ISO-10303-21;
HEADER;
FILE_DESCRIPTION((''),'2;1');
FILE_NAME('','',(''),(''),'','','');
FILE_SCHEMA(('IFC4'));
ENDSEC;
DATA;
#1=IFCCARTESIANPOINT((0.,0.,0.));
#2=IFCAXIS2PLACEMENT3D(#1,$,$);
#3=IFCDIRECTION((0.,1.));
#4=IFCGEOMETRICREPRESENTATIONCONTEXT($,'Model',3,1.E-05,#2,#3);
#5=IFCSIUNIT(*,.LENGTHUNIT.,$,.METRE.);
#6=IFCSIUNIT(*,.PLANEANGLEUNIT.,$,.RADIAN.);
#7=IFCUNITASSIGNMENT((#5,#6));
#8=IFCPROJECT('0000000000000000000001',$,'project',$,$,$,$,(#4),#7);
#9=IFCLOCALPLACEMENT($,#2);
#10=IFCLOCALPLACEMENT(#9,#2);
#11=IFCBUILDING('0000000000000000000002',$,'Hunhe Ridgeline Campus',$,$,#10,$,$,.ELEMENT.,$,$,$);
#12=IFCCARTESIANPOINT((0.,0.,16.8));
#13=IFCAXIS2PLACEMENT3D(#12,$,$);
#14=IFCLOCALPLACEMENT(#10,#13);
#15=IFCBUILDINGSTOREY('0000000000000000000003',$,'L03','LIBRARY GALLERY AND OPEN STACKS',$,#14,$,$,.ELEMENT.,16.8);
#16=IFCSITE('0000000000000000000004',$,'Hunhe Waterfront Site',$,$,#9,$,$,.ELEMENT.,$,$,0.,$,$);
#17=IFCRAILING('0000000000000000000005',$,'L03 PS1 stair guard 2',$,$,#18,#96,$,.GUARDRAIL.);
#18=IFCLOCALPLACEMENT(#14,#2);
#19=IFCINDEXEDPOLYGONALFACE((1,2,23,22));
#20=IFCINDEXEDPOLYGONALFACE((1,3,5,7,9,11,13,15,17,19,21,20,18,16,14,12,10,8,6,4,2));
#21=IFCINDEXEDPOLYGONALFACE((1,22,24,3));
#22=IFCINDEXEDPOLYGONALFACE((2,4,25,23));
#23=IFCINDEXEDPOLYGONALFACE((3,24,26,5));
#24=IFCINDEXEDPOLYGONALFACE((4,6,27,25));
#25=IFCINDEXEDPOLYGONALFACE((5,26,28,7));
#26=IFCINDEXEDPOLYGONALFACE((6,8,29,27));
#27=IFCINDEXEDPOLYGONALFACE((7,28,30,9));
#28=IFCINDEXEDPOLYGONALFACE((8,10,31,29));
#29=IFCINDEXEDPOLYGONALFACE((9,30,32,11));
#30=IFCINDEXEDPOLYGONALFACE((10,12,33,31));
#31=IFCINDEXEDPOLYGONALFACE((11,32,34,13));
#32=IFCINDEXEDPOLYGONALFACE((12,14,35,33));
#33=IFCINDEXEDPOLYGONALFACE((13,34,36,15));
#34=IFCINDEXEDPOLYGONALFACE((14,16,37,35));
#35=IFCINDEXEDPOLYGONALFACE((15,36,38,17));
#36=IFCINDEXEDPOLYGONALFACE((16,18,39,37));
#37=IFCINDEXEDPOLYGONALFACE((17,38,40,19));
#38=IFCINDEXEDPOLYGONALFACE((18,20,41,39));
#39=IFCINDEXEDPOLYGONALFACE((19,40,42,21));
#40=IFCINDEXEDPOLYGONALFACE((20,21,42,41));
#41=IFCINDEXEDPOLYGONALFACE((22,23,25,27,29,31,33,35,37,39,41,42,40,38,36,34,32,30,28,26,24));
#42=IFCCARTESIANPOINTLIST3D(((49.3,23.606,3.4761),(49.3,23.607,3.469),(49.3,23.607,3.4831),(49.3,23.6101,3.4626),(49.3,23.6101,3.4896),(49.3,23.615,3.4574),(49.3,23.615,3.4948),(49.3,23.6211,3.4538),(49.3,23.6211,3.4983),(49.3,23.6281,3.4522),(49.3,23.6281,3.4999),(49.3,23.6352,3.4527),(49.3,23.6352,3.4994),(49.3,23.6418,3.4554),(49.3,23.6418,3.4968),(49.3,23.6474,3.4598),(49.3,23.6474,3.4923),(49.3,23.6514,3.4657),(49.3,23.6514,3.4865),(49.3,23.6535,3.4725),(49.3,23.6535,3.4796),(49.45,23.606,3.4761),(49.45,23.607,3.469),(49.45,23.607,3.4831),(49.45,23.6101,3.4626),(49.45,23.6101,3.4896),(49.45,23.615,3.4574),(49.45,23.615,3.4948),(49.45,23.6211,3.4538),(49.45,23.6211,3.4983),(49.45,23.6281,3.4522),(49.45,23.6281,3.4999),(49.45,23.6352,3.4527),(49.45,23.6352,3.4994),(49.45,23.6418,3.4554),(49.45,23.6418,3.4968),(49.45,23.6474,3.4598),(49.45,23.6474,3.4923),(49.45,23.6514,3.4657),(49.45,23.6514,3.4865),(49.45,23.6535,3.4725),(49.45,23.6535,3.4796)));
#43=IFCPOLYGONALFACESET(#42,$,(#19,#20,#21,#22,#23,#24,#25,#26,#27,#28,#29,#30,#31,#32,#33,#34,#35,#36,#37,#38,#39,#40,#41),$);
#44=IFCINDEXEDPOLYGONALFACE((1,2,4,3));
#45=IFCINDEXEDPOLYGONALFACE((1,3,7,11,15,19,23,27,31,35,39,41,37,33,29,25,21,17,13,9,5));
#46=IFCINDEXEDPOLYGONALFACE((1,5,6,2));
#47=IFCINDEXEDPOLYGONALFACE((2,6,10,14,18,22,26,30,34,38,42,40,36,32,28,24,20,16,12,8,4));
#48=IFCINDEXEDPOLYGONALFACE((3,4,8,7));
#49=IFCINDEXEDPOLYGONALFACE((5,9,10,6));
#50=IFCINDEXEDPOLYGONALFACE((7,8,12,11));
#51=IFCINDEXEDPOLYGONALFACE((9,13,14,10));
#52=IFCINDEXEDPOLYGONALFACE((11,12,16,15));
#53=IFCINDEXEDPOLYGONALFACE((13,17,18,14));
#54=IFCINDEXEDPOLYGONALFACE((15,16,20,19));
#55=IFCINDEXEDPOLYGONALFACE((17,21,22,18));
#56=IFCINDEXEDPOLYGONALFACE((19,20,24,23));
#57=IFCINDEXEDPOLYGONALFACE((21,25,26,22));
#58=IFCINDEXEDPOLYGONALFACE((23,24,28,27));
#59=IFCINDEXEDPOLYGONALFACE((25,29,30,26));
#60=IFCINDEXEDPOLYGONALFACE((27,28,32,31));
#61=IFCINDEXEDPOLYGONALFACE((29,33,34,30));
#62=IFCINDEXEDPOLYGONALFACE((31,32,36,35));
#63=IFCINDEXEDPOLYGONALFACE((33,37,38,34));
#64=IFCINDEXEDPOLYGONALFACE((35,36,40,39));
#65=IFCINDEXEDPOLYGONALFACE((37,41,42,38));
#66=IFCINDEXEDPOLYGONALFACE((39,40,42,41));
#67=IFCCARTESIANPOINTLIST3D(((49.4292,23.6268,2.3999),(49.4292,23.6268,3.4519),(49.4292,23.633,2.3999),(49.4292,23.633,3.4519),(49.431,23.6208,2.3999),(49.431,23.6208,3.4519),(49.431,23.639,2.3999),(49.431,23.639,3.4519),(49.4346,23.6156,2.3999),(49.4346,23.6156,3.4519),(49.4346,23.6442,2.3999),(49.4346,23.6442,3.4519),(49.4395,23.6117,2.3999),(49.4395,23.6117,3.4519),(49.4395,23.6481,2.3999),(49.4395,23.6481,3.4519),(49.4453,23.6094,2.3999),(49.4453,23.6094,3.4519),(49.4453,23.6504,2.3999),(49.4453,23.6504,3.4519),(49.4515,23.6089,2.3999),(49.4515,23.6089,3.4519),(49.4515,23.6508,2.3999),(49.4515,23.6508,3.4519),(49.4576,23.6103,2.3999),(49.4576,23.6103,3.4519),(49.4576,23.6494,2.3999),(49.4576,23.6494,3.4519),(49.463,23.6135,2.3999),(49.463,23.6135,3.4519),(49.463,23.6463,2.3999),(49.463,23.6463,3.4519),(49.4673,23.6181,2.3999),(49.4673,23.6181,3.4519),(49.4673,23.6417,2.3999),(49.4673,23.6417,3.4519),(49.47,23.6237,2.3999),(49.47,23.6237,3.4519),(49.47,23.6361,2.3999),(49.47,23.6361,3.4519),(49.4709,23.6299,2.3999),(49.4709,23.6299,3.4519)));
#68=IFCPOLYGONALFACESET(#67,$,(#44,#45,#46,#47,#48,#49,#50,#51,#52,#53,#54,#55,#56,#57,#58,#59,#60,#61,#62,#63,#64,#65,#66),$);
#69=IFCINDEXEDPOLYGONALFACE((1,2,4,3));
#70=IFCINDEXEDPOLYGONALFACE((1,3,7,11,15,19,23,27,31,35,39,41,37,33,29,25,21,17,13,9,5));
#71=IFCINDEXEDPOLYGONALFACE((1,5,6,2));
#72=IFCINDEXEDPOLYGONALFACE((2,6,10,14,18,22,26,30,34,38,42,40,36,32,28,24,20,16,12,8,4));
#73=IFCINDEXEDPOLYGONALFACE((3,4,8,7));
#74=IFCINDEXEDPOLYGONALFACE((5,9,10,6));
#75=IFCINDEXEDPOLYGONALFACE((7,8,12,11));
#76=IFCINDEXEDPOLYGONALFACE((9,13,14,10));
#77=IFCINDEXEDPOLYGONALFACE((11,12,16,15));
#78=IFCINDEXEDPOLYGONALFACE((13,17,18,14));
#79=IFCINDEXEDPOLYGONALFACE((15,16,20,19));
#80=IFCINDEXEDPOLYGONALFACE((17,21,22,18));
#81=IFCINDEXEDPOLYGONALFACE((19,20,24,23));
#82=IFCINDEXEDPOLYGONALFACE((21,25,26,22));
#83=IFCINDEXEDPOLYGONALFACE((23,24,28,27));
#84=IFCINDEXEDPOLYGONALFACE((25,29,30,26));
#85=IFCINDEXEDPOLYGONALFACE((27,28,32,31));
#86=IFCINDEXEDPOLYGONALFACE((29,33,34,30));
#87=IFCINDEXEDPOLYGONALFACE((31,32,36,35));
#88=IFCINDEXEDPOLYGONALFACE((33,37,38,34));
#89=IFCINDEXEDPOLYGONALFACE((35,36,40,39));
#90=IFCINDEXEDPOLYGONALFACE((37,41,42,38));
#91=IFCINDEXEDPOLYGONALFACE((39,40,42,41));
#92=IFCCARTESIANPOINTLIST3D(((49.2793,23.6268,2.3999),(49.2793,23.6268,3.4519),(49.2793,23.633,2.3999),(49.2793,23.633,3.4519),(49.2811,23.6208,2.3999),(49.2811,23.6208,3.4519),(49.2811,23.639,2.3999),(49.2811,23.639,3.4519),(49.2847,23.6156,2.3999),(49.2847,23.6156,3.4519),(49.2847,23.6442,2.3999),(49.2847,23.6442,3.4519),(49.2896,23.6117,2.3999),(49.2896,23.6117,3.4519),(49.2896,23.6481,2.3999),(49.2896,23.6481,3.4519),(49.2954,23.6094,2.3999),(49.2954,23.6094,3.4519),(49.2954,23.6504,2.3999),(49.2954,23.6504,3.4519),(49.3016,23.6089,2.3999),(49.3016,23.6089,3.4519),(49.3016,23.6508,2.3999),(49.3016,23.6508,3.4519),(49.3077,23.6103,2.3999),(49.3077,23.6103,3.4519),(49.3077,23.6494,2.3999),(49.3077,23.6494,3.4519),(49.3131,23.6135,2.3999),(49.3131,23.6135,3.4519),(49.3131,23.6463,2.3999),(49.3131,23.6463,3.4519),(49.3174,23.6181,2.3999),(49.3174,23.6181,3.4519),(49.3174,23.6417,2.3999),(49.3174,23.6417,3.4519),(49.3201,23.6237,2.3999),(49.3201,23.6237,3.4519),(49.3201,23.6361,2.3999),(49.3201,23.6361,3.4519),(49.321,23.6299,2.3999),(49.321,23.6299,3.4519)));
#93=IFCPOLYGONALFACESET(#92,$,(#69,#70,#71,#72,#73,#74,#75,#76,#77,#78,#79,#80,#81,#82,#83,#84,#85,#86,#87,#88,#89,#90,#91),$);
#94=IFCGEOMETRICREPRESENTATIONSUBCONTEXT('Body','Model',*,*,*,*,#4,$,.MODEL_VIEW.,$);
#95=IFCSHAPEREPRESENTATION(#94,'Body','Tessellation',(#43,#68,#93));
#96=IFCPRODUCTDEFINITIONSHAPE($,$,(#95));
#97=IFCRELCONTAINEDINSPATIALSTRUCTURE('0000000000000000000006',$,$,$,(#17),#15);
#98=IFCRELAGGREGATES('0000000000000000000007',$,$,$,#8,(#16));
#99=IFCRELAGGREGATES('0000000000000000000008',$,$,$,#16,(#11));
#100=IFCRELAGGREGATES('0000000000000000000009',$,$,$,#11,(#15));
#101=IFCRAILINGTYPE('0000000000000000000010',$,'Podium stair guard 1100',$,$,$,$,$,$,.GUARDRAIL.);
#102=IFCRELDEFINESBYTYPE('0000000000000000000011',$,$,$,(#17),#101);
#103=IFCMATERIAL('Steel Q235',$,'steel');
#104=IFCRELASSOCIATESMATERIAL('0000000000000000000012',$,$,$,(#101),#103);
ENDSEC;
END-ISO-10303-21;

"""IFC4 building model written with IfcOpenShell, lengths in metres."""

from ifc_helpers import new_model, si_unit, direction, frame, origin, origin_2d, place, context, subcontext, project, spatial, circle, extrude, material, type_object, element, save


model = new_model("IFC4")

# Units and contexts
model_context = context("Model", 3, precision=1e-05, world=origin(), true_north=direction((0.0, 1.0)))
body_context = subcontext(model_context, "Body", "Model", "MODEL_VIEW")
ifc_project = project(units=[si_unit("LENGTHUNIT", "METRE"), si_unit("PLANEANGLEUNIT", "RADIAN")], contexts=[model_context])

# Site, building, storey
site_placement = place(None, origin())
site = spatial("IfcSite", under=ifc_project, at=site_placement, Name="Hunhe Waterfront Site", CompositionType="ELEMENT", RefElevation=0.0)
building_placement = place(site_placement, origin())
building = spatial("IfcBuilding", under=site, at=building_placement, Name="Hunhe Ridgeline Campus", CompositionType="ELEMENT")
storey_placement = place(building_placement, frame((0.0, 0.0, 16.8)))
storey = spatial("IfcBuildingStorey", under=building, at=storey_placement, Name="L03", Description="LIBRARY GALLERY AND OPEN STACKS", CompositionType="ELEMENT", Elevation=16.8)

# Shared definitions
ifc_material_1 = material(Name="Steel Q235", Category="steel")

# Railing
railing_type_1 = type_object("IfcRailingType", Name="Podium stair guard 1100", PredefinedType="GUARDRAIL", material=ifc_material_1)
railing_1_placement = place(storey_placement, frame((49.45, 23.6299, 2.3999)))
element("IfcRailing", 1, at=railing_1_placement, inside=storey, type_object=railing_type_1, Name="L03 PS1 stair guard 2", PredefinedType="GUARDRAIL", context=body_context, shape_type="SweptSolid", body=[
    extrude(circle(Radius=0.0239, at=origin_2d()), frame((0.0, 0.0, 1.0762), z_axis=(-1.0, 0.0, 0.0), x_axis=(0.0, -1.0, 0.0)), (0.0, 0.0, 1.0), 0.1499),
    extrude(circle(Radius=0.021, at=origin_2d()), origin(), (0.0, 0.0, 1.0), 1.052),
    extrude(circle(Radius=0.021, at=origin_2d()), frame((-0.1499, 0.0, 0.0)), (0.0, 0.0, 1.0), 1.052),
])

save(model, "model.ifc")
